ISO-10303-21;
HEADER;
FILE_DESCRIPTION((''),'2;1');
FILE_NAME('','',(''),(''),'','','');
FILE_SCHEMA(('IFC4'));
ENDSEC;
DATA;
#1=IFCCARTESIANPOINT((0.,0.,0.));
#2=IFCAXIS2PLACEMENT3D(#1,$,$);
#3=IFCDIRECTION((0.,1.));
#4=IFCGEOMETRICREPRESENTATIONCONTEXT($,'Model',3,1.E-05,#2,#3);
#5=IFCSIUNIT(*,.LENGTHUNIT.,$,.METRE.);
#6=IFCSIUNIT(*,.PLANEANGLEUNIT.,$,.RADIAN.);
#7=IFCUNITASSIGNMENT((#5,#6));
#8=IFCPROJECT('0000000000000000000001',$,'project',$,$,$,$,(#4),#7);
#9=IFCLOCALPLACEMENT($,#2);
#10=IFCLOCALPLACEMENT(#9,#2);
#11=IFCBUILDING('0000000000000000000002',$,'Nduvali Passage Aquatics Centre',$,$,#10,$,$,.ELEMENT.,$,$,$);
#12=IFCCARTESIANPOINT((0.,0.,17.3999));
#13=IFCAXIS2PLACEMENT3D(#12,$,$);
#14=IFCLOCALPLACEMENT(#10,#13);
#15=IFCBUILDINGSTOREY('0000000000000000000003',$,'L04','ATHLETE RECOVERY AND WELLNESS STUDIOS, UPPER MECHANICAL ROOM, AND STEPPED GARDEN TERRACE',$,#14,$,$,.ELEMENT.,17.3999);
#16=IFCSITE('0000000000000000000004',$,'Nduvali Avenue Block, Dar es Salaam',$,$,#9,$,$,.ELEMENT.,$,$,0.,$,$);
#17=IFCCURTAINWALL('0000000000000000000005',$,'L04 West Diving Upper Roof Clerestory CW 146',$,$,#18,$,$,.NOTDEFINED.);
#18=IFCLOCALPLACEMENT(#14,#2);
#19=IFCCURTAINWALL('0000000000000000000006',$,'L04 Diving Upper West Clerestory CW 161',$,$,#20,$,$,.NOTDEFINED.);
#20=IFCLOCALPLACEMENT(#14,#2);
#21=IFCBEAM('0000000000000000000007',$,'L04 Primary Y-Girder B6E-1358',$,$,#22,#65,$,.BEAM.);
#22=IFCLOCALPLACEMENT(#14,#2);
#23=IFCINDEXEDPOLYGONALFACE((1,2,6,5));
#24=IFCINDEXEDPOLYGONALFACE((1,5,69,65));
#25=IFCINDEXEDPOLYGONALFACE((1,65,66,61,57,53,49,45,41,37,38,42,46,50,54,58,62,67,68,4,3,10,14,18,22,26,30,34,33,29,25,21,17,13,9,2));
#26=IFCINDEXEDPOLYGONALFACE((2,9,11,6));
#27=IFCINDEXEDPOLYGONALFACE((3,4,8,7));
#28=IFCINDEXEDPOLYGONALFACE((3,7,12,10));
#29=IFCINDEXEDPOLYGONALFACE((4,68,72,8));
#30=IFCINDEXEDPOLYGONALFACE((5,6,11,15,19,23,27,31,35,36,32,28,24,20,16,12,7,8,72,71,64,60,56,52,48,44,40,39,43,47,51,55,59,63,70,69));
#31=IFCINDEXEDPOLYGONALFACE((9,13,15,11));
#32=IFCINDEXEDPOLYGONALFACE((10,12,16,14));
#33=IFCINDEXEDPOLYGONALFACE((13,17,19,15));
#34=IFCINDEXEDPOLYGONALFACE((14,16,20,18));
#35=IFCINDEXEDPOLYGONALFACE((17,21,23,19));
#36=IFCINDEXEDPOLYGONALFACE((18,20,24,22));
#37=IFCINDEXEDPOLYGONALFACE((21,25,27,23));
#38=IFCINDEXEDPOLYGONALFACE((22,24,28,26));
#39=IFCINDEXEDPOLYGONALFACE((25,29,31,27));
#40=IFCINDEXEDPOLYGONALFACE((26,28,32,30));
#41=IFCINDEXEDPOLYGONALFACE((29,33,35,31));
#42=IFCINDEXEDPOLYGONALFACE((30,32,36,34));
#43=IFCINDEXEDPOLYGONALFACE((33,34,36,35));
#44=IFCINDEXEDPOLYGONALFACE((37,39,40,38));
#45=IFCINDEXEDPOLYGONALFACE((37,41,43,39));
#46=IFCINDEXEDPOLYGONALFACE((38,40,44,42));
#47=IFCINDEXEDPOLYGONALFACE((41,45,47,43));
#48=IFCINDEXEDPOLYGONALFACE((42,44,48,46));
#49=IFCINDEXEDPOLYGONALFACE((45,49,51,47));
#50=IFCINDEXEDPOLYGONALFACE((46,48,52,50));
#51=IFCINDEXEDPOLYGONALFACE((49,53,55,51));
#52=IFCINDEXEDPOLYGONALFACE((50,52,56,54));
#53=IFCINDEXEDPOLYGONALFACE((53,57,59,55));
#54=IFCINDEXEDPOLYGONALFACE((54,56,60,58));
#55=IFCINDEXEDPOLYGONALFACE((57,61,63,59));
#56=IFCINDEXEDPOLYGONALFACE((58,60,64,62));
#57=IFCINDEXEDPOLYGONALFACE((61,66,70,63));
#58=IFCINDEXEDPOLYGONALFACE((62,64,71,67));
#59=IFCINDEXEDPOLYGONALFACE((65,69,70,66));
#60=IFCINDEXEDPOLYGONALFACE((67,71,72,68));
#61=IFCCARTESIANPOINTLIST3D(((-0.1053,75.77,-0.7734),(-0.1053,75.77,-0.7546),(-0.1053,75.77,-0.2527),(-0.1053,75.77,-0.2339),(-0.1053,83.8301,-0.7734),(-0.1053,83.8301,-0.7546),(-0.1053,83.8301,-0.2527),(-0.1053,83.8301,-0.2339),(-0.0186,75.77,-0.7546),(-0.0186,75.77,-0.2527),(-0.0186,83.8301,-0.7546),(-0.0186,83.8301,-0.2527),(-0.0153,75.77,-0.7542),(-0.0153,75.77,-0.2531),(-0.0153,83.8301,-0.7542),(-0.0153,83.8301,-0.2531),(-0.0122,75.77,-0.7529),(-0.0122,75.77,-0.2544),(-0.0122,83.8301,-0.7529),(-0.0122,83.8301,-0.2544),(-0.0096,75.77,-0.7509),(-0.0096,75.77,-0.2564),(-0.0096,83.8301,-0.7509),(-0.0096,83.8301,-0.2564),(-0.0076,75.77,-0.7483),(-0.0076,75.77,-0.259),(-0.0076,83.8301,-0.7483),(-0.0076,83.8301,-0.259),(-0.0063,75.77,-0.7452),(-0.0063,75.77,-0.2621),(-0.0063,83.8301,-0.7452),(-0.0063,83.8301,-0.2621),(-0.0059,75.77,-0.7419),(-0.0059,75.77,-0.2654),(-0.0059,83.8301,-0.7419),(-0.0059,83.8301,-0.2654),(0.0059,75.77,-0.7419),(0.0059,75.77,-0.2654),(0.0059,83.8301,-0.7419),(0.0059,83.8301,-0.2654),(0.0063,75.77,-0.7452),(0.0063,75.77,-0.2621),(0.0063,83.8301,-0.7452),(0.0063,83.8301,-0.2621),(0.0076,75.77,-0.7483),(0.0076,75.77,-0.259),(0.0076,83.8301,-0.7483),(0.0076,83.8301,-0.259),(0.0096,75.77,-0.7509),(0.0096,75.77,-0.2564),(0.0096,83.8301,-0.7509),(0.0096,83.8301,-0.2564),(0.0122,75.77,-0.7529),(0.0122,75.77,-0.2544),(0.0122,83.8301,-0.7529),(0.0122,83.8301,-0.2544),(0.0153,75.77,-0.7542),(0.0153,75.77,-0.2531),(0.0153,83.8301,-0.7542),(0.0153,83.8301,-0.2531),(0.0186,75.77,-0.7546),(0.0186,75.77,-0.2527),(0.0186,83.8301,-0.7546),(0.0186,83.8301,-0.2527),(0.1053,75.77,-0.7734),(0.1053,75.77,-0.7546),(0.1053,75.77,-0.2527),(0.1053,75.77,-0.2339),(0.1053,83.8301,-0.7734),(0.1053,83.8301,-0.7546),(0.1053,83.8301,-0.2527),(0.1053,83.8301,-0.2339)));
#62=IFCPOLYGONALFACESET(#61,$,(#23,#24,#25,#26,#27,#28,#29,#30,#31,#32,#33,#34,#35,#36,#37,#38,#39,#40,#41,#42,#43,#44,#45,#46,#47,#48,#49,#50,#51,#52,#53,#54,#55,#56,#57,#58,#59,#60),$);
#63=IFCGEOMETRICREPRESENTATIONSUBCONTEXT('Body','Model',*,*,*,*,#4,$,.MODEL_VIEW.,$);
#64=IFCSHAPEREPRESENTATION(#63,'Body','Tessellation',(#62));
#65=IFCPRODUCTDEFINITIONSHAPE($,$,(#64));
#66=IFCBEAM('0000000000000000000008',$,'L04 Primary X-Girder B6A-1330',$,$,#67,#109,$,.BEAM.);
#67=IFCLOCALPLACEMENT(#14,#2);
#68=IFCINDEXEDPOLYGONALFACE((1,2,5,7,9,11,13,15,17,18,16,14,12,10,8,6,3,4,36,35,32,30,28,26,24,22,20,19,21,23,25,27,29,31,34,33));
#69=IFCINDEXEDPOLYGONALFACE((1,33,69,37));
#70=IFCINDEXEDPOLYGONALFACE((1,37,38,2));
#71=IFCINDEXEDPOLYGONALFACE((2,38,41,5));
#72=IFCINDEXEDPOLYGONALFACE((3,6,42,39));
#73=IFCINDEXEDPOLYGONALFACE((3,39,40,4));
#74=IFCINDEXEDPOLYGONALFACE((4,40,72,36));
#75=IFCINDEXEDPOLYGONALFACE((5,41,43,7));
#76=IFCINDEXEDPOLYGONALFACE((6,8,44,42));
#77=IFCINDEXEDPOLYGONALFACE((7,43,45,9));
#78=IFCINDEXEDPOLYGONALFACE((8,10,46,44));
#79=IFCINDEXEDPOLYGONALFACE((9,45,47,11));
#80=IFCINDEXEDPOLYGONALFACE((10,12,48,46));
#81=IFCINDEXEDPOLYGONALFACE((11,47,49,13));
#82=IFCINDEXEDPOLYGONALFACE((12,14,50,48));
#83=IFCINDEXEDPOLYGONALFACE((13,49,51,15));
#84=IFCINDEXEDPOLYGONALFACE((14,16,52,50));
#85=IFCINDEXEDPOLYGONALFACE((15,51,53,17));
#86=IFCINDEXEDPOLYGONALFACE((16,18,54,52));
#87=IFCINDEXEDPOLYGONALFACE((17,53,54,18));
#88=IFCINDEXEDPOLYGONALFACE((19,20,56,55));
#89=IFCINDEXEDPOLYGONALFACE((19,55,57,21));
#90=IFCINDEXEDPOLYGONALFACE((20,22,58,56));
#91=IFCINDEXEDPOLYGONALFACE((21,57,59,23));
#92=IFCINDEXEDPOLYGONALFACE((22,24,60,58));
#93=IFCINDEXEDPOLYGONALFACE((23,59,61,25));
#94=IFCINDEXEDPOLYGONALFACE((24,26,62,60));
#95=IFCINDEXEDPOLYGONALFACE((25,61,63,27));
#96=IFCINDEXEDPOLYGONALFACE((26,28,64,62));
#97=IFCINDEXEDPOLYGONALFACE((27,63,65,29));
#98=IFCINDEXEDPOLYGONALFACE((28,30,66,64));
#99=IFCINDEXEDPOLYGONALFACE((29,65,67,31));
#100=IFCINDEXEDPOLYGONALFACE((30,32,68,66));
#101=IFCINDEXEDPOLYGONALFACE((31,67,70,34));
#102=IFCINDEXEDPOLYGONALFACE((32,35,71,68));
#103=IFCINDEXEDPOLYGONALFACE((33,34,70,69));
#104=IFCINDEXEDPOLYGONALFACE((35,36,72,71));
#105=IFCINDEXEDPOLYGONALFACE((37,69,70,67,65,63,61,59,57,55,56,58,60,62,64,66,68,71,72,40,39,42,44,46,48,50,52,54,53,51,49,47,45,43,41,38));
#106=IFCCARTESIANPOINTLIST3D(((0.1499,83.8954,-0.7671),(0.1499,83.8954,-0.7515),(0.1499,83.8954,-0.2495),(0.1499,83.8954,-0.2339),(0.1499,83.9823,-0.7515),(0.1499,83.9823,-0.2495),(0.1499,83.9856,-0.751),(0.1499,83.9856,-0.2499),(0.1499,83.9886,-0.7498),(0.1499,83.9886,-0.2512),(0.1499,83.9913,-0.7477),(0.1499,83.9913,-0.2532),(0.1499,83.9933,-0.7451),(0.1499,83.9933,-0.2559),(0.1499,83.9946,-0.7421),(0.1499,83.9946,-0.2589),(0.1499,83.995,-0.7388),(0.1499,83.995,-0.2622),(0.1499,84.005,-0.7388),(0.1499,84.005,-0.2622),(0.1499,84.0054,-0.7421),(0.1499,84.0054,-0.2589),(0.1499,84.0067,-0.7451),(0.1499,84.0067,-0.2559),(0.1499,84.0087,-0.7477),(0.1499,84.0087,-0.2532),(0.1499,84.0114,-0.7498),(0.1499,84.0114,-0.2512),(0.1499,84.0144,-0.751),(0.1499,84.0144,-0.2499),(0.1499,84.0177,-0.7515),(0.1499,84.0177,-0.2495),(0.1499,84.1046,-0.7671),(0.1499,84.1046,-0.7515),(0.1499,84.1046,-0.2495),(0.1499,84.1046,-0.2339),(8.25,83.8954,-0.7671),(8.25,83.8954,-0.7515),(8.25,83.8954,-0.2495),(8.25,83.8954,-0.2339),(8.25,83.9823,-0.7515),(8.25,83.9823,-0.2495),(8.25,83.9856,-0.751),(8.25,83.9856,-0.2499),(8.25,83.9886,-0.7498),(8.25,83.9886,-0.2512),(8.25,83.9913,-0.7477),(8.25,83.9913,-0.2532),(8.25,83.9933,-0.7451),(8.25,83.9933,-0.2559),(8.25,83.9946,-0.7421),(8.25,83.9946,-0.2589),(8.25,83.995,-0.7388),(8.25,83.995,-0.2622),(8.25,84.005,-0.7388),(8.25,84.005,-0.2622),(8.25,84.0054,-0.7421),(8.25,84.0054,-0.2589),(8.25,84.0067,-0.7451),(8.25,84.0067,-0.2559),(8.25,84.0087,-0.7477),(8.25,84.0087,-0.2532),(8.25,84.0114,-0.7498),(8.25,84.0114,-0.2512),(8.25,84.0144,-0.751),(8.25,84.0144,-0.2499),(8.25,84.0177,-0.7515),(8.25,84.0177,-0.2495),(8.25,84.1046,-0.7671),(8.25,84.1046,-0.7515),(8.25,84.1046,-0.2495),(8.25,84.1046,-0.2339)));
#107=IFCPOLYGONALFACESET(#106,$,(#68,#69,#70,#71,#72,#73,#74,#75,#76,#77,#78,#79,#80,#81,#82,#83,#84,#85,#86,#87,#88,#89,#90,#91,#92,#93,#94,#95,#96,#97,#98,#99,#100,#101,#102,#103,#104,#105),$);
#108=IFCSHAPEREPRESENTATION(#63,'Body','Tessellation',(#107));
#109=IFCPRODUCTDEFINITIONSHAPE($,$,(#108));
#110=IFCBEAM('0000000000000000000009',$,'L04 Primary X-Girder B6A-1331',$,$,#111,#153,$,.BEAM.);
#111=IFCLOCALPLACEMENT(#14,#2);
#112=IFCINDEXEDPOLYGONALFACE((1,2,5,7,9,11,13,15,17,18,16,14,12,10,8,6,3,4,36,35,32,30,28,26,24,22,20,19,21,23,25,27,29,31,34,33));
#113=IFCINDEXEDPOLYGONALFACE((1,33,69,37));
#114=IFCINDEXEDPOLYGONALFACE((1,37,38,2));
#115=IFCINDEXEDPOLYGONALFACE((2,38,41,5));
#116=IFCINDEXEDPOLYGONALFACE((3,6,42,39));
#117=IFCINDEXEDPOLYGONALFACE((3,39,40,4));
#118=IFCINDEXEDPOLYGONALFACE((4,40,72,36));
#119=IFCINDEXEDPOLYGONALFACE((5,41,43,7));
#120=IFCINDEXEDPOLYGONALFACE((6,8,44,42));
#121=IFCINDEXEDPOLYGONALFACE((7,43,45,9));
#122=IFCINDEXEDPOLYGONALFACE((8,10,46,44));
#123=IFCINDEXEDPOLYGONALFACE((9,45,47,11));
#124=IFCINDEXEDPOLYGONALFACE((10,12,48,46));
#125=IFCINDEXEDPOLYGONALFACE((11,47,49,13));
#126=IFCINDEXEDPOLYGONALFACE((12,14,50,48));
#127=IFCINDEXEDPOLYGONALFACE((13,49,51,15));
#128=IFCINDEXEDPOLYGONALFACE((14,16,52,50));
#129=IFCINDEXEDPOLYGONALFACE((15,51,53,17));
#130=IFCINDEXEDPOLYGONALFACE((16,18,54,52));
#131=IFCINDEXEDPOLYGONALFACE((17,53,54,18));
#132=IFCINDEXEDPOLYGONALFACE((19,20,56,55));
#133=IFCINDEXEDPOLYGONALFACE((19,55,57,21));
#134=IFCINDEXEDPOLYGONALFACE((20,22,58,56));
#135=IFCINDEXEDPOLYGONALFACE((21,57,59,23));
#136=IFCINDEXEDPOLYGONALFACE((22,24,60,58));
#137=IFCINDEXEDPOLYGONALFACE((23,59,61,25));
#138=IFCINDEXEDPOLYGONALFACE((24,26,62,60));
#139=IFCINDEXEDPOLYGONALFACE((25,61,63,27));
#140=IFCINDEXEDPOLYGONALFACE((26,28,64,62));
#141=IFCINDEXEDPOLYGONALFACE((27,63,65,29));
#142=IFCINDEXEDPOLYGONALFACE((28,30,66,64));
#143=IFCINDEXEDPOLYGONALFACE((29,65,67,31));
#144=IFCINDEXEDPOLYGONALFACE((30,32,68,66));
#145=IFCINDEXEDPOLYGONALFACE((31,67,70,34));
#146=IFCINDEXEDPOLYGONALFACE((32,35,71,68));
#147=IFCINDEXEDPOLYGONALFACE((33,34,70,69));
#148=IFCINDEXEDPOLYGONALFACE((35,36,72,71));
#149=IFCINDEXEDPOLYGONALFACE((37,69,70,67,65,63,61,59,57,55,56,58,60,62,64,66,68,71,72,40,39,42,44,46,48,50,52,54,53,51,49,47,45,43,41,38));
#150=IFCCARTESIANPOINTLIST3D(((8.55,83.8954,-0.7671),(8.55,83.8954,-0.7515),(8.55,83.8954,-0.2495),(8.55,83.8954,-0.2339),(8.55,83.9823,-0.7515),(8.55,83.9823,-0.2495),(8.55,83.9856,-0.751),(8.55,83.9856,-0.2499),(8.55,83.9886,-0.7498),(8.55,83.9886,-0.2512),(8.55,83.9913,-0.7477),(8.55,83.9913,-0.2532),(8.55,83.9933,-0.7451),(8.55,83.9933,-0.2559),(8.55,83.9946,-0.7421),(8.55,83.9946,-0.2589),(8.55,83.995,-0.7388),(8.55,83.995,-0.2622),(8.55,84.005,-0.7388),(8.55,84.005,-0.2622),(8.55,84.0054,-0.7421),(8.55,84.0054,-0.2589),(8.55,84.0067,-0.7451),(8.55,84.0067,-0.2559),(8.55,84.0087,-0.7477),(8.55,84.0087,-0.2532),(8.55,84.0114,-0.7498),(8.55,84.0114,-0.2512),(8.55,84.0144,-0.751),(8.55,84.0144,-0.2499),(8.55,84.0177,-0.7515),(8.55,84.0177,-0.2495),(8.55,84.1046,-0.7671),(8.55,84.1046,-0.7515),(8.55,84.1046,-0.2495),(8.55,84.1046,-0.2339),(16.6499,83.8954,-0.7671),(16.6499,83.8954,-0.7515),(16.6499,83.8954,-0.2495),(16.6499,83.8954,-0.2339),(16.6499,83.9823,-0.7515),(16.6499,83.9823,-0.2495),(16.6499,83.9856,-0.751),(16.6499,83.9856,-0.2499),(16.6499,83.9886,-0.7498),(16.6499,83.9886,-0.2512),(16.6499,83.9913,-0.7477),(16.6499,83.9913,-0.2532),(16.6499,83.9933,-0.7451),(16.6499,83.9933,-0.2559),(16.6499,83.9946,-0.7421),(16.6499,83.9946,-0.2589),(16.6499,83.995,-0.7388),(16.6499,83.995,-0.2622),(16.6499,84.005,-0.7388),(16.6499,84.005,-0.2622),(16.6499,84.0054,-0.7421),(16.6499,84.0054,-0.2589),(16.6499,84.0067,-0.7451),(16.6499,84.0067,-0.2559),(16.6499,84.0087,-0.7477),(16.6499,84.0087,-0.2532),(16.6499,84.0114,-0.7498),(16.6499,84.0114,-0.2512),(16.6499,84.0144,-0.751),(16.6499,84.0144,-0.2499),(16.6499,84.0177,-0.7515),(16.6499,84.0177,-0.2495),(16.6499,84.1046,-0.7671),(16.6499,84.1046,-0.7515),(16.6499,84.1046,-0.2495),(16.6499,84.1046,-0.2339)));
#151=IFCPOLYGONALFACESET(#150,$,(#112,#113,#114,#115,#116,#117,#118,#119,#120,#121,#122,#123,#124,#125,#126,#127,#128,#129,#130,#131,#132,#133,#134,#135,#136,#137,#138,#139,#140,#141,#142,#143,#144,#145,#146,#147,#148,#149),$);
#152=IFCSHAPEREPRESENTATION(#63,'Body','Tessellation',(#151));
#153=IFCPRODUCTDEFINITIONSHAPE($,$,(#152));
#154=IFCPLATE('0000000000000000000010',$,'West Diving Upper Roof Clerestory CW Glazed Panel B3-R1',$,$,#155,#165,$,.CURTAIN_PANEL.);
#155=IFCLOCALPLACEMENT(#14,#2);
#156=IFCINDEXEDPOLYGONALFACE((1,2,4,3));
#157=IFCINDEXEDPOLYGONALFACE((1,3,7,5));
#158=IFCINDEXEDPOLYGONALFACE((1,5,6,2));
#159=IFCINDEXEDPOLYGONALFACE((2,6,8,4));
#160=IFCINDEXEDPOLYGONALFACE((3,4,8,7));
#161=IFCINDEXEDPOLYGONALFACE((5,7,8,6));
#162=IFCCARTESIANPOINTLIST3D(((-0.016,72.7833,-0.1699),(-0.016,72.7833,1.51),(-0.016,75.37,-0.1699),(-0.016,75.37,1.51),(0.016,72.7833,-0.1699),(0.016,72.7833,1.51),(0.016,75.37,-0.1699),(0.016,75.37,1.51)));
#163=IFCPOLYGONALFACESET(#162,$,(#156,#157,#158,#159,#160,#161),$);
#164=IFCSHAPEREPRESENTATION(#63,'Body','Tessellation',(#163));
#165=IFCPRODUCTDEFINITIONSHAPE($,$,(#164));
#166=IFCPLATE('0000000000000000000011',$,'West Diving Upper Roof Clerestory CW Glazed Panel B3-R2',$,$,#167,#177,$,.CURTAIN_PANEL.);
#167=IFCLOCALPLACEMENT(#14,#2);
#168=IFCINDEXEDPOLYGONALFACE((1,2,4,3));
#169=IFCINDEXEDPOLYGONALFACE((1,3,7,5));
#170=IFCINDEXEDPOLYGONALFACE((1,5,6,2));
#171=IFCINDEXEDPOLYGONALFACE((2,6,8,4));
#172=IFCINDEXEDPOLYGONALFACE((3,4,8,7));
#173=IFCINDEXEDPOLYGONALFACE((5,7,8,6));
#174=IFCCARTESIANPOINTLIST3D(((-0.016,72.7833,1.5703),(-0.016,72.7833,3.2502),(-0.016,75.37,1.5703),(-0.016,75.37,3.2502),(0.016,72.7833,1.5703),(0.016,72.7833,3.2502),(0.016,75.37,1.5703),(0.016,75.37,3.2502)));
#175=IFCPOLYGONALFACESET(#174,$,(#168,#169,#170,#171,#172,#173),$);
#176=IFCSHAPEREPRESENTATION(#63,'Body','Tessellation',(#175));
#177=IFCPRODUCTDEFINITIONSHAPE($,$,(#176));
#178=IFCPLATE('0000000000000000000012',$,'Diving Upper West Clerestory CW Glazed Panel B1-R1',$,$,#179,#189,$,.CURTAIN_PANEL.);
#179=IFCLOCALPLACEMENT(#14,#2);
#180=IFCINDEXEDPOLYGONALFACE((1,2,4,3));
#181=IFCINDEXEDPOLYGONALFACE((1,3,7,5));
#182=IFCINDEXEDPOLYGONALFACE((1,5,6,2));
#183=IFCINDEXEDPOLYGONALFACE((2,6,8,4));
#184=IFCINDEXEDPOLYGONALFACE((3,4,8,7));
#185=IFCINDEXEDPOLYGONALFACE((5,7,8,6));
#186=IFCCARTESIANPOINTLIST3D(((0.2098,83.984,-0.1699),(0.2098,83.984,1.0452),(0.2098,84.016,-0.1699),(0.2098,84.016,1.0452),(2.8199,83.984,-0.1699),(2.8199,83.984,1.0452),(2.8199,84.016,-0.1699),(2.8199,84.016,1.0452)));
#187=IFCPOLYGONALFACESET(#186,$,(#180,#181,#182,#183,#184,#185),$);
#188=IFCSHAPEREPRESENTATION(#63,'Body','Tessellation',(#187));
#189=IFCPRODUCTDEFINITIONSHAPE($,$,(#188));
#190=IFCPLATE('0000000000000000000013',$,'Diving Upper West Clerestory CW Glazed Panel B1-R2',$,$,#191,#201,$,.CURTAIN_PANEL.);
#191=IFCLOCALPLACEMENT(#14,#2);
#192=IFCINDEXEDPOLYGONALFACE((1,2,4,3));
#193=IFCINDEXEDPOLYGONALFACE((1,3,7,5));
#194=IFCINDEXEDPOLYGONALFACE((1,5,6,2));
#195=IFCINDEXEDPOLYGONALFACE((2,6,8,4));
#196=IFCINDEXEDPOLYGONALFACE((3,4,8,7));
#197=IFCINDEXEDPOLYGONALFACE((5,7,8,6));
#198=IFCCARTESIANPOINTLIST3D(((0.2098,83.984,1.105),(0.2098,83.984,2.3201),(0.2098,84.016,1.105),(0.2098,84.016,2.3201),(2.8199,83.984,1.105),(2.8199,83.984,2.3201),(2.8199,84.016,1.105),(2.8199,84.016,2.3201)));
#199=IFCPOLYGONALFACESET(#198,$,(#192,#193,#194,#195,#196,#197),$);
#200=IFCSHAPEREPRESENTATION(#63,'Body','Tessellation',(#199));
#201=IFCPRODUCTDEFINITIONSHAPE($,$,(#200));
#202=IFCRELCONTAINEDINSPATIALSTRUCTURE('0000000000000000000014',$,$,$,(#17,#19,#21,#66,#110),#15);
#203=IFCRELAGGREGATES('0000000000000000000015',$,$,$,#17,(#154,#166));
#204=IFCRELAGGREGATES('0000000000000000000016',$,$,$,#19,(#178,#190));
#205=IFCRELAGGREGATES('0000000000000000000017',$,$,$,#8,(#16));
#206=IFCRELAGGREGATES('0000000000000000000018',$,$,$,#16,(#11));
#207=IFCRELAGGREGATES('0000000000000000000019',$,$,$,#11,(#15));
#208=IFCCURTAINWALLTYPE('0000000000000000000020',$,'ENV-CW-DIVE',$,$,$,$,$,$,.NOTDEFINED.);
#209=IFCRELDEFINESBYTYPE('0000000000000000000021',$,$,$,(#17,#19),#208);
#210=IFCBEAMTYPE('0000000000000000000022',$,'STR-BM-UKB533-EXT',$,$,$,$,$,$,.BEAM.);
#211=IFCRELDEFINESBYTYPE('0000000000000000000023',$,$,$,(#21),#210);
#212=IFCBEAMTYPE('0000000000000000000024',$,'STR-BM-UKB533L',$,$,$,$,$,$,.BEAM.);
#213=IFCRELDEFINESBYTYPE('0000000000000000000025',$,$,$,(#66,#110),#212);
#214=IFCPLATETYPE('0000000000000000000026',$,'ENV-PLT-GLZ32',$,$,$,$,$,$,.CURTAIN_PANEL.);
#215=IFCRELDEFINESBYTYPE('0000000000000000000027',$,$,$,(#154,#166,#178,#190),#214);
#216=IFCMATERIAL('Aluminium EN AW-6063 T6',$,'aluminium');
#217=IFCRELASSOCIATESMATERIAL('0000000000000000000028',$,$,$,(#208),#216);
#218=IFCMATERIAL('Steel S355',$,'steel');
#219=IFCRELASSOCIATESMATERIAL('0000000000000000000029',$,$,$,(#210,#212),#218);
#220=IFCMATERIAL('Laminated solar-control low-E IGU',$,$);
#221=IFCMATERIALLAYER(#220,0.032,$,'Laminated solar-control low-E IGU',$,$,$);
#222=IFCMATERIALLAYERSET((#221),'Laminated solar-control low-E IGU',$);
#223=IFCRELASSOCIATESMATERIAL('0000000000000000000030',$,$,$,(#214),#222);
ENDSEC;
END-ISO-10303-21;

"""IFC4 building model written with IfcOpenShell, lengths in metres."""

from ifc_helpers import new_model, si_unit, direction, frame, origin, origin_2d, place, context, subcontext, project, spatial, rectangle, i_section, extrude, material, layer, layer_set, material_profile, profile_set, type_object, element, aggregate, save


model = new_model("IFC4")

# Units and contexts
model_context = context("Model", 3, precision=1e-05, world=origin(), true_north=direction((0.0, 1.0)))
body_context = subcontext(model_context, "Body", "Model", "MODEL_VIEW")
ifc_project = project(units=[si_unit("LENGTHUNIT", "METRE"), si_unit("PLANEANGLEUNIT", "RADIAN")], contexts=[model_context])

# Site, building, storey
site_placement = place(None, origin())
site = spatial("IfcSite", under=ifc_project, at=site_placement, Name="Nduvali Avenue Block, Dar es Salaam", CompositionType="ELEMENT", RefElevation=0.0)
building_placement = place(site_placement, origin())
building = spatial("IfcBuilding", under=site, at=building_placement, Name="Nduvali Passage Aquatics Centre", CompositionType="ELEMENT")
storey_placement = place(building_placement, frame((0.0, 0.0, 17.3999)))
storey = spatial("IfcBuildingStorey", under=building, at=storey_placement, Name="L04", Description="ATHLETE RECOVERY AND WELLNESS STUDIOS, UPPER MECHANICAL ROOM, AND STEPPED GARDEN TERRACE", CompositionType="ELEMENT", Elevation=17.3999)

# Shared definitions
ifc_material_1 = material(Name="Steel S355", Category="steel")

# Curtain wall
ifc_material_2 = material(Name="Aluminium EN AW-6063 T6", Category="aluminium")
curtain_wall_type = type_object("IfcCurtainWallType", Name="ENV-CW-DIVE", PredefinedType="NOTDEFINED", material=ifc_material_2)
curtain_wall_1_placement = place(storey_placement, origin())
curtain_wall_1 = element("IfcCurtainWall", 1, at=curtain_wall_1_placement, inside=storey, type_object=curtain_wall_type, Name="L04 West Diving Upper Roof Clerestory CW 146", PredefinedType="NOTDEFINED")

# Curtain wall
curtain_wall_2_placement = place(storey_placement, origin())
curtain_wall_2 = element("IfcCurtainWall", 2, at=curtain_wall_2_placement, inside=storey, type_object=curtain_wall_type, Name="L04 Diving Upper West Clerestory CW 161", PredefinedType="NOTDEFINED")

# Beams
ifc_material_profile_1 = material_profile(ifc_material_1, i_section(OverallWidth=0.2107, OverallDepth=0.5396, WebThickness=0.0117, FlangeThickness=0.0188, FilletRadius=0.0127, at=origin_2d()), Name="UKB 533x210x109")
ifc_profile_set_1 = profile_set([ifc_material_profile_1], Name="Steel S355")
beam_type_1 = type_object("IfcBeamType", Name="STR-BM-UKB533-EXT", PredefinedType="BEAM", material=ifc_profile_set_1)
beam_1_placement = place(storey_placement, frame((0.0, 75.77, -0.5037), z_axis=(0.0, 1.0, 0.0), x_axis=(-1.0, 0.0, 0.0)))
element("IfcBeam", 3, at=beam_1_placement, inside=storey, type_object=beam_type_1, Name="L04 Primary Y-Girder B6E-1358", PredefinedType="BEAM", context=body_context, shape_type="SweptSolid", body=[
    extrude(i_section(OverallWidth=0.2107, OverallDepth=0.5396, WebThickness=0.0117, FlangeThickness=0.0188, FilletRadius=0.0127, at=origin_2d()), origin(), (0.0, 0.0, 1.0), 8.0601),
])
ifc_material_profile_2 = material_profile(ifc_material_1, i_section(OverallWidth=0.2092, OverallDepth=0.5332, WebThickness=0.01, FlangeThickness=0.0156, FilletRadius=0.0127, at=origin_2d()), Name="UKB 533x210x92")
ifc_profile_set_2 = profile_set([ifc_material_profile_2], Name="Steel S355")
beam_type_2 = type_object("IfcBeamType", Name="STR-BM-UKB533L", PredefinedType="BEAM", material=ifc_profile_set_2)
beam_2_placement = place(storey_placement, frame((0.1499, 84.0, -0.5005), z_axis=(1.0, 0.0, 0.0), x_axis=(0.0, 1.0, 0.0)))
element("IfcBeam", 4, at=beam_2_placement, inside=storey, type_object=beam_type_2, Name="L04 Primary X-Girder B6A-1330", PredefinedType="BEAM", context=body_context, shape_type="SweptSolid", body=[
    extrude(i_section(OverallWidth=0.2092, OverallDepth=0.5332, WebThickness=0.01, FlangeThickness=0.0156, FilletRadius=0.0127, at=origin_2d()), origin(), (0.0, 0.0, 1.0), 8.1001),
])
beam_3_placement = place(storey_placement, frame((8.55, 84.0, -0.5005), z_axis=(1.0, 0.0, 0.0), x_axis=(0.0, 1.0, 0.0)))
element("IfcBeam", 5, at=beam_3_placement, inside=storey, type_object=beam_type_2, Name="L04 Primary X-Girder B6A-1331", PredefinedType="BEAM", context=body_context, shape_type="SweptSolid", body=[
    extrude(i_section(OverallWidth=0.2092, OverallDepth=0.5332, WebThickness=0.01, FlangeThickness=0.0156, FilletRadius=0.0127, at=origin_2d()), origin(), (0.0, 0.0, 1.0), 8.0999),
])

# Plates
ifc_material_3 = material(Name="Laminated solar-control low-E IGU")
ifc_layer_1 = layer(ifc_material_3, 0.032, Name="Laminated solar-control low-E IGU")
ifc_layer_set_1 = layer_set([ifc_layer_1], Name="Laminated solar-control low-E IGU")
plate_type = type_object("IfcPlateType", Name="ENV-PLT-GLZ32", PredefinedType="CURTAIN_PANEL", material=ifc_layer_set_1)
plate_1_placement = place(storey_placement, frame((0.0, 74.0767, -0.1699), z_axis=(0.0, 0.0, 1.0), x_axis=(0.0, 1.0, 0.0)))
plate_1 = element("IfcPlate", 6, at=plate_1_placement, type_object=plate_type, Name="West Diving Upper Roof Clerestory CW Glazed Panel B3-R1", PredefinedType="CURTAIN_PANEL", context=body_context, shape_type="SweptSolid", body=[
    extrude(rectangle(XDim=2.5867, YDim=0.032, at=origin_2d()), origin(), (0.0, 0.0, 1.0), 1.6799),
])
plate_2_placement = place(storey_placement, frame((0.0, 74.0767, 1.5703), z_axis=(0.0, 0.0, 1.0), x_axis=(0.0, 1.0, 0.0)))
plate_2 = element("IfcPlate", 7, at=plate_2_placement, type_object=plate_type, Name="West Diving Upper Roof Clerestory CW Glazed Panel B3-R2", PredefinedType="CURTAIN_PANEL", context=body_context, shape_type="SweptSolid", body=[
    extrude(rectangle(XDim=2.5867, YDim=0.032, at=origin_2d()), origin(), (0.0, 0.0, 1.0), 1.6799),
])
aggregate(curtain_wall_1, [plate_1, plate_2])
plate_3_placement = place(storey_placement, frame((1.5149, 84.0, -0.1699), z_axis=(0.0, 0.0, 1.0), x_axis=(1.0, 0.0, 0.0)))
plate_3 = element("IfcPlate", 8, at=plate_3_placement, type_object=plate_type, Name="Diving Upper West Clerestory CW Glazed Panel B1-R1", PredefinedType="CURTAIN_PANEL", context=body_context, shape_type="SweptSolid", body=[
    extrude(rectangle(XDim=2.6101, YDim=0.032, at=origin_2d()), origin(), (0.0, 0.0, 1.0), 1.2151),
])
plate_4_placement = place(storey_placement, frame((1.5149, 84.0, 1.105), z_axis=(0.0, 0.0, 1.0), x_axis=(1.0, 0.0, 0.0)))
plate_4 = element("IfcPlate", 9, at=plate_4_placement, type_object=plate_type, Name="Diving Upper West Clerestory CW Glazed Panel B1-R2", PredefinedType="CURTAIN_PANEL", context=body_context, shape_type="SweptSolid", body=[
    extrude(rectangle(XDim=2.6101, YDim=0.032, at=origin_2d()), origin(), (0.0, 0.0, 1.0), 1.2151),
])
aggregate(curtain_wall_2, [plate_3, plate_4])

save(model, "model.ifc")
